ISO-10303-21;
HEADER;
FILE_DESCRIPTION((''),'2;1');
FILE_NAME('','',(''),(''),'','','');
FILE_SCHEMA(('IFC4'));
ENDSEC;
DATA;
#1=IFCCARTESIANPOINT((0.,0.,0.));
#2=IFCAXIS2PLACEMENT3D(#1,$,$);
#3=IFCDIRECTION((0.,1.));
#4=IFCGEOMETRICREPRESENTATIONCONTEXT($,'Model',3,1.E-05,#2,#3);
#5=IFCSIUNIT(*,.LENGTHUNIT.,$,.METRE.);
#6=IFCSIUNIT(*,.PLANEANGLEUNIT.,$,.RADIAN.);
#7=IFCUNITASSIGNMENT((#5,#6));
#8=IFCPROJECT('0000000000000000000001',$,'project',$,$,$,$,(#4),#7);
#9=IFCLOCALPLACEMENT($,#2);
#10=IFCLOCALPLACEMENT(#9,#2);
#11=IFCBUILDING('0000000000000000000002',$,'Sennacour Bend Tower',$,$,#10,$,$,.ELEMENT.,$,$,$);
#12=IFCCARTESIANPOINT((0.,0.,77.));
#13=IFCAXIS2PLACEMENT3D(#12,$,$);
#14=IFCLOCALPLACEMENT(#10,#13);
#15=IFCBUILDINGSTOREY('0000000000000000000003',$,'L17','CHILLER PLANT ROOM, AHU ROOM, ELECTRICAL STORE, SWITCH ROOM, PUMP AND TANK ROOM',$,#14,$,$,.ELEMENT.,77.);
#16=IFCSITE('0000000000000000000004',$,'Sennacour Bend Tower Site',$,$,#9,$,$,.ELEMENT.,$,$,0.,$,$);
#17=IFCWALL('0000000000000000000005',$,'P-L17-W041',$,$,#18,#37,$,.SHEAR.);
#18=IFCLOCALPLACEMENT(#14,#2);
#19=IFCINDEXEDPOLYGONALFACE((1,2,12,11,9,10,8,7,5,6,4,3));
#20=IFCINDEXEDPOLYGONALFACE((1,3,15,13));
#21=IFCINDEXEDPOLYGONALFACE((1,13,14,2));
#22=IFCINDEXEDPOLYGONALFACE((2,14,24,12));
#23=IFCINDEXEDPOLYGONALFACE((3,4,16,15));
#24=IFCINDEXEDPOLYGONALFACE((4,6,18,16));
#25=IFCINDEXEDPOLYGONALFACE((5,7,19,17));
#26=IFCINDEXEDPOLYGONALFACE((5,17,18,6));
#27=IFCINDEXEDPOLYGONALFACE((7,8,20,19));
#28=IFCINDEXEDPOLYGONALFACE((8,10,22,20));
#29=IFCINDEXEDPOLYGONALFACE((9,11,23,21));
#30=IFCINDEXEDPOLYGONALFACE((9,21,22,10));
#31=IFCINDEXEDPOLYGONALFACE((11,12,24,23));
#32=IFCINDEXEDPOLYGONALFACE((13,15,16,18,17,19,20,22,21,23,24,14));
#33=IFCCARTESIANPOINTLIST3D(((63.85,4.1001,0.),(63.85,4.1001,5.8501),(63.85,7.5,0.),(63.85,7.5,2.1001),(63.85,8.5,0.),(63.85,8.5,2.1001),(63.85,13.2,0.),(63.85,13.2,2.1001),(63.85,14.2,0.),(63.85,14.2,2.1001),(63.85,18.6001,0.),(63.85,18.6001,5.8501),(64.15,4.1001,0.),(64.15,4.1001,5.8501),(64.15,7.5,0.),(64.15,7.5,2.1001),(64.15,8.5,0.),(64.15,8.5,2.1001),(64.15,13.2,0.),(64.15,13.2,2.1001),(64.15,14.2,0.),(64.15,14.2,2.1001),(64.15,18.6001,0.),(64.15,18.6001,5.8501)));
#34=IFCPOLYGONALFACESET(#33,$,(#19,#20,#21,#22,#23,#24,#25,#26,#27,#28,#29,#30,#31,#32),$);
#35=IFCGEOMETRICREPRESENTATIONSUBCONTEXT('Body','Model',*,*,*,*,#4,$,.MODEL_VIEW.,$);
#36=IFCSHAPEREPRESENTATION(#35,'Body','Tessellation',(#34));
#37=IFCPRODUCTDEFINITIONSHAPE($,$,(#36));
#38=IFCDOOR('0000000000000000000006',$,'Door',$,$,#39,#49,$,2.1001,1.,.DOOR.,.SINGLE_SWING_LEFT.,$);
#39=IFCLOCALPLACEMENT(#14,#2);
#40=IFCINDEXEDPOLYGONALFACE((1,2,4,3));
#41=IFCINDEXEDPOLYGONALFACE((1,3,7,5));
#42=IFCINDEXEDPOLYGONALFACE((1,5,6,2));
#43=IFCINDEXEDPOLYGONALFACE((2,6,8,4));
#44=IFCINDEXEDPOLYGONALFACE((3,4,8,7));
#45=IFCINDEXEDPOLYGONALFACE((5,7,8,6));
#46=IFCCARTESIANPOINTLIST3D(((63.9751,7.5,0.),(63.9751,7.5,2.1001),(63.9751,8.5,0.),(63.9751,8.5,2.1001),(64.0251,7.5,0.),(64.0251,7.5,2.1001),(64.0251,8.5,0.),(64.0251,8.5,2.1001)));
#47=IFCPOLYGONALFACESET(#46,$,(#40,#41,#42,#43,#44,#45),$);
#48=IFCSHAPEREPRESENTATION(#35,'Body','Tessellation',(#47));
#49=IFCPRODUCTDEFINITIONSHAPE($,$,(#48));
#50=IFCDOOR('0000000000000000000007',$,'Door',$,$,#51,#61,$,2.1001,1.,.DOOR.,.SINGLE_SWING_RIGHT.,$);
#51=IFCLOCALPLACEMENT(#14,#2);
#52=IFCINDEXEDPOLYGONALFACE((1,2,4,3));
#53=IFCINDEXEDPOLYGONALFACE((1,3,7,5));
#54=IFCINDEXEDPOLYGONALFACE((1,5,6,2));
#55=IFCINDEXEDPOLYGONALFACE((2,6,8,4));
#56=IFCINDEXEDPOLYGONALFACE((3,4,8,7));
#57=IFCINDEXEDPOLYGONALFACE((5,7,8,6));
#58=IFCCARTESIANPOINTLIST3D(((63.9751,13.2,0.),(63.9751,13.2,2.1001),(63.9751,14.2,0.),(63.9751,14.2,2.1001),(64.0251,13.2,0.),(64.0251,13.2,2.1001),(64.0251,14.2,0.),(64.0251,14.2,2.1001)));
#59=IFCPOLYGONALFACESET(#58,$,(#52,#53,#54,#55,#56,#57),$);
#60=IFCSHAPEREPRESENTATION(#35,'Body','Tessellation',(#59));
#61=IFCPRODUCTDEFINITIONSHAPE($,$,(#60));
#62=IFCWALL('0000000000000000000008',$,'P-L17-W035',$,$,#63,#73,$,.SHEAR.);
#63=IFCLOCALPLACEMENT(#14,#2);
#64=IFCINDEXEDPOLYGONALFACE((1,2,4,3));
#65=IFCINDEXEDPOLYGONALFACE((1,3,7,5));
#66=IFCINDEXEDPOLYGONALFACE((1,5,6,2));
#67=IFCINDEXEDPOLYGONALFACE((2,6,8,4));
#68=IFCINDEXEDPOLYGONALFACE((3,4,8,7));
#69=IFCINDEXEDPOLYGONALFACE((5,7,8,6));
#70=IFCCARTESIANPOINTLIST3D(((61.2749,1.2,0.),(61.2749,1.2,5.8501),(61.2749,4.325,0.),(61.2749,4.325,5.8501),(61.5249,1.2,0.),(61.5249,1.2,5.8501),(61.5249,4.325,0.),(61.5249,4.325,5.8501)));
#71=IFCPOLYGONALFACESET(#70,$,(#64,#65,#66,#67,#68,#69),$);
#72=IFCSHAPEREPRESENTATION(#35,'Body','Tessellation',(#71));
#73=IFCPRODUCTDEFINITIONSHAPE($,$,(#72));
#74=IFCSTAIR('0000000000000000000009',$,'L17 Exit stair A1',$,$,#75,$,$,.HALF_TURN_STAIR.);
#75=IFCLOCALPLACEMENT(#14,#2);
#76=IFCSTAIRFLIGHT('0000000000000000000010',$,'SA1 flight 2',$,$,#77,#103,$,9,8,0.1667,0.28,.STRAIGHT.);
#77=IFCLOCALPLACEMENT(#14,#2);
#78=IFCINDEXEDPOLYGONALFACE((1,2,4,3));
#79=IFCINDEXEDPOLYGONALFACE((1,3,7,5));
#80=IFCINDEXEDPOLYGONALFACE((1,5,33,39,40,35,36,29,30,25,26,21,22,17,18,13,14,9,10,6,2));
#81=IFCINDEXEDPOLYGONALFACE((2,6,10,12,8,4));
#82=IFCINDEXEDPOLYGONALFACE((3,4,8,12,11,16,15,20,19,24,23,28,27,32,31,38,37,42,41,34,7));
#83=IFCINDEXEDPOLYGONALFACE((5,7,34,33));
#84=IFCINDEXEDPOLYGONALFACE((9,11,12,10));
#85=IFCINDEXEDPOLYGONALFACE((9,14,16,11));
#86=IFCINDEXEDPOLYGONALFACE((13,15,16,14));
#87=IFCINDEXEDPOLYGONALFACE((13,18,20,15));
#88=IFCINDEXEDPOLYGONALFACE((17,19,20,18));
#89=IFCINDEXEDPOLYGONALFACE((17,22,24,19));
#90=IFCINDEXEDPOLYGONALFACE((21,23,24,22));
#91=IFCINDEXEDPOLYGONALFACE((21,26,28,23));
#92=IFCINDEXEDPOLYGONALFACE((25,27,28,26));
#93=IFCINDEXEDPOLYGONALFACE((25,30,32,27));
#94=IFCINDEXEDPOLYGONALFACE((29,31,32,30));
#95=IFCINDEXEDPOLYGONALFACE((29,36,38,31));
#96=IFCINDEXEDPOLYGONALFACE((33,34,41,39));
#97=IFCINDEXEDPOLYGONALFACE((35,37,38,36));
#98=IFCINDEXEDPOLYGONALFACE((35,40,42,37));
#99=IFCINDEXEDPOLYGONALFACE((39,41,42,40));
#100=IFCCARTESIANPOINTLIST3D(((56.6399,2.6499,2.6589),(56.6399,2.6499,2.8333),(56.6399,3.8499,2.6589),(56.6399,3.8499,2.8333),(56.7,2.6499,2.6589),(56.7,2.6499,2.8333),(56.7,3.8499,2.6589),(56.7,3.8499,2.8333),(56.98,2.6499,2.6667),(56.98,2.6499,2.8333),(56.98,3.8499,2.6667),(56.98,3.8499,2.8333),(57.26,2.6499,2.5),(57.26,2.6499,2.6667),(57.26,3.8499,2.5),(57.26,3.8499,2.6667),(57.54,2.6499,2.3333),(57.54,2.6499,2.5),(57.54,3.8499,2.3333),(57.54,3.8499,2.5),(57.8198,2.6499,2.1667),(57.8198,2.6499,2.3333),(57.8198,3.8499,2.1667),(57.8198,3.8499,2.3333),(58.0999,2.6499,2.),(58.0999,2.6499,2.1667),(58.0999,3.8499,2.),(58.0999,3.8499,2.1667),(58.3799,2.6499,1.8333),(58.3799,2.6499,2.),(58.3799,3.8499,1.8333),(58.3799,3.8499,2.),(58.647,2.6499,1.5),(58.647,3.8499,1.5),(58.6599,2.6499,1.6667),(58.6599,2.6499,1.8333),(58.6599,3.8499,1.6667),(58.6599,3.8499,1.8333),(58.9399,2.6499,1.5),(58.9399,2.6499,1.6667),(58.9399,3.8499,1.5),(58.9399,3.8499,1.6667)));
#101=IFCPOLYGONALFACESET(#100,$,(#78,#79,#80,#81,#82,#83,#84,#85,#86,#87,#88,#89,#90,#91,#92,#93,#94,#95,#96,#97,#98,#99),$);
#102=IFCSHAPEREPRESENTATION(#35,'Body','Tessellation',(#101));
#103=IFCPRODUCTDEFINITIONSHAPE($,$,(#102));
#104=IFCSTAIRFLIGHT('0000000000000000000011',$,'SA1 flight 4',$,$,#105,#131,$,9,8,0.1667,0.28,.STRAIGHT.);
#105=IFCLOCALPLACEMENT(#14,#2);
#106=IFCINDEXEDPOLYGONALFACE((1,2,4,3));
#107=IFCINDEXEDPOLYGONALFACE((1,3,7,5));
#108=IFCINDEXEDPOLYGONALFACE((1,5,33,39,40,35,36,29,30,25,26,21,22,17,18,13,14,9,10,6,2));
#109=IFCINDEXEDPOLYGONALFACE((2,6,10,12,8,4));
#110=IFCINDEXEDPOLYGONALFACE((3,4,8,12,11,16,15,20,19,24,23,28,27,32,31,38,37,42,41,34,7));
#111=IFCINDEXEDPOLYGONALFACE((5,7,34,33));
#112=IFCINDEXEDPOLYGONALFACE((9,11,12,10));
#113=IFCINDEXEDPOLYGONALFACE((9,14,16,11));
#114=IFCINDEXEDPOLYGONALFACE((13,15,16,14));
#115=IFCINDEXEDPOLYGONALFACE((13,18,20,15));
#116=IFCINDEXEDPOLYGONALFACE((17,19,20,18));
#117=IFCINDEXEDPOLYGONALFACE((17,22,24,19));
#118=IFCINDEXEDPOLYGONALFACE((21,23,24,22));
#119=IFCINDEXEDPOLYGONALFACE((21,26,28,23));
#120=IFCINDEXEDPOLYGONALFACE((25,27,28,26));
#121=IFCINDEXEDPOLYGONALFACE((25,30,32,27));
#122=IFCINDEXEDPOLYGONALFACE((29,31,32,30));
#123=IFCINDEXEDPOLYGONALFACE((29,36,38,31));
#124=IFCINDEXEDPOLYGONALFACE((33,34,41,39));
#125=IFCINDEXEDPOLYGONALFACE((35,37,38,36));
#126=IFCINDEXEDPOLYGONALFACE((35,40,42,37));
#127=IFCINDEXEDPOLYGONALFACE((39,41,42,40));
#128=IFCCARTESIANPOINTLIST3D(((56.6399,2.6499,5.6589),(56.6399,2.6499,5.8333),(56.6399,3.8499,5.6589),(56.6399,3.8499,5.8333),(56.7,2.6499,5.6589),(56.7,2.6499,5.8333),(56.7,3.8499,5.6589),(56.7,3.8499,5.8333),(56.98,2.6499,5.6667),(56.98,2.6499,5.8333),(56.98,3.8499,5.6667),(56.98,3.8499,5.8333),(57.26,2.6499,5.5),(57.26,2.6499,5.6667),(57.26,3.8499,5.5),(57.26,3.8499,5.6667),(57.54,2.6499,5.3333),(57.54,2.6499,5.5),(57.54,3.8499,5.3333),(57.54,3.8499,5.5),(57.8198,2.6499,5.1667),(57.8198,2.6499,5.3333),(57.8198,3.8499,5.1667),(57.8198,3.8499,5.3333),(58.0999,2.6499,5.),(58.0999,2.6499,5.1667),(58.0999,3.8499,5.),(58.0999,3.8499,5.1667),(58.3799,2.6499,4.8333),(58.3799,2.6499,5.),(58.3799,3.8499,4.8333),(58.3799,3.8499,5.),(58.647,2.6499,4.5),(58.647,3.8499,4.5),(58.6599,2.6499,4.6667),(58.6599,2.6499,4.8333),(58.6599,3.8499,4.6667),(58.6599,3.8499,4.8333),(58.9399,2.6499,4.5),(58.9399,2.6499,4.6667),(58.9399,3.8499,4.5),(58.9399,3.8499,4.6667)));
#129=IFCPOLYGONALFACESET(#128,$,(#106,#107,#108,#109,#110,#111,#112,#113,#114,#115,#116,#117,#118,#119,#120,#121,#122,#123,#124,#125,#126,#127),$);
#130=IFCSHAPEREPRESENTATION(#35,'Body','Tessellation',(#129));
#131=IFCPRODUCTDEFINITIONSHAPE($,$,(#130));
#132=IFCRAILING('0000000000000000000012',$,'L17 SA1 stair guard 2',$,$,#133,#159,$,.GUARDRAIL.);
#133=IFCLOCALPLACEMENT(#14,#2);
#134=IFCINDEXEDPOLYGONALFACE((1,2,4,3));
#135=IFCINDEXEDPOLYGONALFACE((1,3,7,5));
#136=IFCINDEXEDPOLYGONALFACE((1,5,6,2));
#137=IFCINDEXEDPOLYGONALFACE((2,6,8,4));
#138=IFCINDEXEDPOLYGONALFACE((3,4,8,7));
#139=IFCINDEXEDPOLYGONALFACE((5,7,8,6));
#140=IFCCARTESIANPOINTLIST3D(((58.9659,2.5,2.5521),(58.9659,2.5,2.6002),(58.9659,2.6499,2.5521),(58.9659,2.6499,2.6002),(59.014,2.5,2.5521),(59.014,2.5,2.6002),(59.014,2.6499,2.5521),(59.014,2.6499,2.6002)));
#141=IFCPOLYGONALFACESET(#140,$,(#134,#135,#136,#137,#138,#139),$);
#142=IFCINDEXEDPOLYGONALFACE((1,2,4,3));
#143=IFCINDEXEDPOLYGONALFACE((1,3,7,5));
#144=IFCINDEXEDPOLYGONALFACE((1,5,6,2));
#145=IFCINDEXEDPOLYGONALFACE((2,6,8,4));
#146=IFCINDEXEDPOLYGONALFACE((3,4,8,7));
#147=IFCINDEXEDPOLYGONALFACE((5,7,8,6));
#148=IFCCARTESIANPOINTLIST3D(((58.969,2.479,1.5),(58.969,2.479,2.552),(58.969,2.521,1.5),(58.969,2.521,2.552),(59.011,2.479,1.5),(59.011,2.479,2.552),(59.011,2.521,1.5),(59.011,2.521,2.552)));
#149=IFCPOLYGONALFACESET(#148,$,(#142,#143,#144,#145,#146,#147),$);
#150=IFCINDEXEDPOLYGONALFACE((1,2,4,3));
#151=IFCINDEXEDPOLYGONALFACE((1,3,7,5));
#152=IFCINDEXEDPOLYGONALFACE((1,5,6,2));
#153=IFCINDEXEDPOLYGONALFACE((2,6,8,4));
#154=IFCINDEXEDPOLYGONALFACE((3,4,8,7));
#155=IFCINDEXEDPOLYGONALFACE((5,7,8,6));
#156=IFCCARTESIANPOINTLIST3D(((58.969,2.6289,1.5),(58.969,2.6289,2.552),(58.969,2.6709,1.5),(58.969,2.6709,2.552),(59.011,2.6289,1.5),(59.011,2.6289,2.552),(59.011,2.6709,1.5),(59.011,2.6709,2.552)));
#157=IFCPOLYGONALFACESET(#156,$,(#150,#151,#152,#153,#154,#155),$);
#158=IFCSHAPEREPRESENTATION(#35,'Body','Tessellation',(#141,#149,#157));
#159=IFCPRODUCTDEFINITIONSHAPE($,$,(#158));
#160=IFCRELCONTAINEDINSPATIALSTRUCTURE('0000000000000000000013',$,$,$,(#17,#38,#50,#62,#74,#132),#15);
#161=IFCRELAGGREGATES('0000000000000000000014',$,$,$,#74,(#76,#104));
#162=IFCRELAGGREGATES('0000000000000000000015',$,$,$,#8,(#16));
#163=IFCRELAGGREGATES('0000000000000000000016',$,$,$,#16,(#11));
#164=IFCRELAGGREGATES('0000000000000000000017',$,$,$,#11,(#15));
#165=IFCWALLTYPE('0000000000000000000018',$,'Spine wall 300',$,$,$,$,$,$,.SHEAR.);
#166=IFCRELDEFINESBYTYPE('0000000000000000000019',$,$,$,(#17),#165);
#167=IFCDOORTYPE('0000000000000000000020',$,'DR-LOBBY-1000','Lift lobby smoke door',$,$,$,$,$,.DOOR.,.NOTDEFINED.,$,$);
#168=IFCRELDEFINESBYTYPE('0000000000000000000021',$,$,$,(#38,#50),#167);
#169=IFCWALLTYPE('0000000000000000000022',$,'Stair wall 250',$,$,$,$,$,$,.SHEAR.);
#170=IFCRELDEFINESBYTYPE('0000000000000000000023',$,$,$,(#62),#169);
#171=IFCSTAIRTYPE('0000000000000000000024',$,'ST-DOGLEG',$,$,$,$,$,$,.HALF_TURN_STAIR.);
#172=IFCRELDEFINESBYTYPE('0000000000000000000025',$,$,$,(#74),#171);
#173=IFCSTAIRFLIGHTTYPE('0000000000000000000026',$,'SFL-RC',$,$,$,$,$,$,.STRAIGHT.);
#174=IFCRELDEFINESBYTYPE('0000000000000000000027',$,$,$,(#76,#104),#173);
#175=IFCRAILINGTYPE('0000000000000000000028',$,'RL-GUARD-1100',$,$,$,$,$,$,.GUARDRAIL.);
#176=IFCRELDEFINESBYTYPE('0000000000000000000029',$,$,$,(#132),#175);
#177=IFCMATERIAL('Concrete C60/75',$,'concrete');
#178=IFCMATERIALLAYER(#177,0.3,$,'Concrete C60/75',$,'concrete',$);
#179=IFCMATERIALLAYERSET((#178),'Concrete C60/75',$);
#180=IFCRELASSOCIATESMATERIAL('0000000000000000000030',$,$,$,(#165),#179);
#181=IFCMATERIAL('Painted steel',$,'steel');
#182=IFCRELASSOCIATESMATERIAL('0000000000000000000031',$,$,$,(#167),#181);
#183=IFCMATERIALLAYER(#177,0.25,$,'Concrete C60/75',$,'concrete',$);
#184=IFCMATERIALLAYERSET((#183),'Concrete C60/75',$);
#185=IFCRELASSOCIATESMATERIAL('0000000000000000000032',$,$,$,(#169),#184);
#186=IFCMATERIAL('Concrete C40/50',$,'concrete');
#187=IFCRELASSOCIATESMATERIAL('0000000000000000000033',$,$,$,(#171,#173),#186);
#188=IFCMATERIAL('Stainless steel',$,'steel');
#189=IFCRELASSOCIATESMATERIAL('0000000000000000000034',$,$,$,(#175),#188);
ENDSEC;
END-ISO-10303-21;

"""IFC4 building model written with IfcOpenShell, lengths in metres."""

from ifc_helpers import new_model, si_unit, direction, frame, frame_2d, origin, origin_2d, place, context, subcontext, project, spatial, polyline, rectangle, outline, extrude, material, layer, layer_set, type_object, element, fill, aggregate, save


model = new_model("IFC4")

# Units and contexts
model_context = context("Model", 3, precision=1e-05, world=origin(), true_north=direction((0.0, 1.0)))
body_context = subcontext(model_context, "Body", "Model", "MODEL_VIEW")
ifc_project = project(units=[si_unit("LENGTHUNIT", "METRE"), si_unit("PLANEANGLEUNIT", "RADIAN")], contexts=[model_context])

# Site, building, storey
site_placement = place(None, origin())
site = spatial("IfcSite", under=ifc_project, at=site_placement, Name="Sennacour Bend Tower Site", CompositionType="ELEMENT", RefElevation=0.0)
building_placement = place(site_placement, origin())
building = spatial("IfcBuilding", under=site, at=building_placement, Name="Sennacour Bend Tower", CompositionType="ELEMENT")
storey_placement = place(building_placement, frame((0.0, 0.0, 77.0)))
storey = spatial("IfcBuildingStorey", under=building, at=storey_placement, Name="L17", Description="CHILLER PLANT ROOM, AHU ROOM, ELECTRICAL STORE, SWITCH ROOM, PUMP AND TANK ROOM", CompositionType="ELEMENT", Elevation=77.0)

# Shared definitions
ifc_material_1 = material(Name="Painted steel", Category="steel")

# Wall, openings, doors
ifc_material_2 = material(Name="Concrete C60/75", Category="concrete")
ifc_layer_1 = layer(ifc_material_2, 0.3, Name="Concrete C60/75", Category="concrete")
ifc_layer_set_1 = layer_set([ifc_layer_1], Name="Concrete C60/75")
wall_type_1 = type_object("IfcWallType", Name="Spine wall 300", PredefinedType="SHEAR", material=ifc_layer_set_1)
wall_1_placement = place(storey_placement, frame((64.0, 4.1001, 0.0), z_axis=(0.0, 0.0, 1.0), x_axis=(0.0, 1.0, 0.0)))
wall_1 = element("IfcWall", 1, at=wall_1_placement, inside=storey, type_object=wall_type_1, Name="P-L17-W041", PredefinedType="SHEAR", context=body_context, shape_type="SweptSolid", body=[
    extrude(rectangle(XDim=14.5, YDim=0.3, at=frame_2d((7.25, 0.0))), origin(), (0.0, 0.0, 1.0), 5.8501),
])
opening_1_placement = place(wall_1_placement, frame((3.3999, 0.0, 0.0)))
opening_1 = element("IfcOpeningElement", 2, at=opening_1_placement, cuts=wall_1, PredefinedType="OPENING", context=body_context, shape_type="SweptSolid", body=[
    extrude(rectangle(XDim=1.0, YDim=2.1001, at=frame_2d((0.5, 1.05))), frame((0.0, 0.1602, 0.0), z_axis=(0.0, -1.0, 0.0), x_axis=(1.0, 0.0, 0.0)), (0.0, 0.0, 1.0), 0.3201),
])
opening_2_placement = place(wall_1_placement, frame((9.0999, 0.0, 0.0)))
opening_2 = element("IfcOpeningElement", 3, at=opening_2_placement, cuts=wall_1, PredefinedType="OPENING", context=body_context, shape_type="SweptSolid", body=[
    extrude(rectangle(XDim=1.0, YDim=2.1001, at=frame_2d((0.5, 1.05))), frame((0.0, 0.1602, 0.0), z_axis=(0.0, -1.0, 0.0), x_axis=(1.0, 0.0, 0.0)), (0.0, 0.0, 1.0), 0.3201),
])
door_type_1 = type_object("IfcDoorType", Name="DR-LOBBY-1000", Description="Lift lobby smoke door", OperationType="NOTDEFINED", PredefinedType="DOOR", material=ifc_material_1)
door_1_placement = place(opening_1_placement, origin())
door_1 = element("IfcDoor", 4, at=door_1_placement, inside=storey, type_object=door_type_1, Name="Door", OperationType="SINGLE_SWING_LEFT", OverallHeight=2.1001, OverallWidth=1.0, PredefinedType="DOOR", context=body_context, shape_type="SweptSolid", body=[
    extrude(rectangle(XDim=1.0, YDim=2.1001, at=frame_2d((0.5, 1.05))), frame((0.0, 0.0249, 0.0), z_axis=(0.0, -1.0, 0.0), x_axis=(1.0, 0.0, 0.0)), (0.0, 0.0, 1.0), 0.05),
])
fill(opening_1, door_1)
door_2_placement = place(opening_2_placement, origin())
door_2 = element("IfcDoor", 5, at=door_2_placement, inside=storey, type_object=door_type_1, Name="Door", OperationType="SINGLE_SWING_RIGHT", OverallHeight=2.1001, OverallWidth=1.0, PredefinedType="DOOR", context=body_context, shape_type="SweptSolid", body=[
    extrude(rectangle(XDim=1.0, YDim=2.1001, at=frame_2d((0.5, 1.05))), frame((0.0, 0.0249, 0.0), z_axis=(0.0, -1.0, 0.0), x_axis=(1.0, 0.0, 0.0)), (0.0, 0.0, 1.0), 0.05),
])
fill(opening_2, door_2)

# Wall
ifc_layer_2 = layer(ifc_material_2, 0.25, Name="Concrete C60/75", Category="concrete")
ifc_layer_set_2 = layer_set([ifc_layer_2], Name="Concrete C60/75")
wall_type_2 = type_object("IfcWallType", Name="Stair wall 250", PredefinedType="SHEAR", material=ifc_layer_set_2)
wall_2_placement = place(storey_placement, frame((61.3999, 1.2, 0.0), z_axis=(0.0, 0.0, 1.0), x_axis=(0.0, 1.0, 0.0)))
element("IfcWall", 6, at=wall_2_placement, inside=storey, type_object=wall_type_2, Name="P-L17-W035", PredefinedType="SHEAR", context=body_context, shape_type="SweptSolid", body=[
    extrude(rectangle(XDim=3.125, YDim=0.25, at=frame_2d((1.5625, 0.0))), origin(), (0.0, 0.0, 1.0), 5.8501),
])

# Stair, stair flights
ifc_material_3 = material(Name="Concrete C40/50", Category="concrete")
stair_type = type_object("IfcStairType", Name="ST-DOGLEG", PredefinedType="HALF_TURN_STAIR", material=ifc_material_3)
stair_placement = place(storey_placement, origin())
stair = element("IfcStair", 7, at=stair_placement, inside=storey, type_object=stair_type, Name="L17 Exit stair A1", PredefinedType="HALF_TURN_STAIR")
stair_flight_type = type_object("IfcStairFlightType", Name="SFL-RC", PredefinedType="STRAIGHT", material=ifc_material_3)
stair_flight_1_placement = place(storey_placement, frame((58.9399, 3.25, 1.5), z_axis=(0.0, 0.0, 1.0), x_axis=(-1.0, 0.0, 0.0)))
stair_flight_1 = element("IfcStairFlight", 8, at=stair_flight_1_placement, type_object=stair_flight_type, Name="SA1 flight 2", NumberOfRisers=9, NumberOfTreads=8, PredefinedType="STRAIGHT", RiserHeight=0.1667, TreadLength=0.28, context=body_context, shape_type="SweptSolid", body=[
    extrude(outline(polyline([(0.0, 0.0), (0.0, 0.1667), (0.28, 0.1667), (0.28, 0.3333), (0.5601, 0.3333), (0.5601, 0.5), (0.8401, 0.5), (0.8401, 0.6667), (1.1201, 0.6667), (1.1201, 0.8333), (1.3999, 0.8333), (1.3999, 1.0), (1.6799, 1.0), (1.6799, 1.1667), (1.96, 1.1667), (1.96, 1.3333), (2.24, 1.3333), (2.3, 1.3333), (2.3, 1.1589), (2.24, 1.1589), (0.293, 0.0), (0.0, 0.0)])), frame((0.0, 0.6001, 0.0), z_axis=(0.0, -1.0, 0.0), x_axis=(1.0, 0.0, 0.0)), (0.0, 0.0, 1.0), 1.2),
])
stair_flight_2_placement = place(storey_placement, frame((58.9399, 3.25, 4.5), z_axis=(0.0, 0.0, 1.0), x_axis=(-1.0, 0.0, 0.0)))
stair_flight_2 = element("IfcStairFlight", 9, at=stair_flight_2_placement, type_object=stair_flight_type, Name="SA1 flight 4", NumberOfRisers=9, NumberOfTreads=8, PredefinedType="STRAIGHT", RiserHeight=0.1667, TreadLength=0.28, context=body_context, shape_type="SweptSolid", body=[
    extrude(outline(polyline([(0.0, 0.0), (0.0, 0.1667), (0.28, 0.1667), (0.28, 0.3333), (0.5601, 0.3333), (0.5601, 0.5), (0.8401, 0.5), (0.8401, 0.6667), (1.1201, 0.6667), (1.1201, 0.8333), (1.3999, 0.8333), (1.3999, 1.0), (1.6799, 1.0), (1.6799, 1.1667), (1.96, 1.1667), (1.96, 1.3333), (2.24, 1.3333), (2.3, 1.3333), (2.3, 1.1589), (2.24, 1.1589), (0.293, 0.0), (0.0, 0.0)])), frame((0.0, 0.6001, 0.0), z_axis=(0.0, -1.0, 0.0), x_axis=(1.0, 0.0, 0.0)), (0.0, 0.0, 1.0), 1.2),
])
aggregate(stair, [stair_flight_1, stair_flight_2])

# Railing
ifc_material_4 = material(Name="Stainless steel", Category="steel")
railing_type_1 = type_object("IfcRailingType", Name="RL-GUARD-1100", PredefinedType="GUARDRAIL", material=ifc_material_4)
railing_1_placement = place(storey_placement, frame((58.99, 2.5, 1.5)))
element("IfcRailing", 10, at=railing_1_placement, inside=storey, type_object=railing_type_1, Name="L17 SA1 stair guard 2", PredefinedType="GUARDRAIL", context=body_context, shape_type="SweptSolid", body=[
    extrude(rectangle(XDim=0.0481, YDim=0.0481, at=origin_2d()), frame((0.0, 0.0, 1.0762), z_axis=(0.0, 1.0, 0.0), x_axis=(-1.0, 0.0, 0.0)), (0.0, 0.0, 1.0), 0.1499),
    extrude(rectangle(XDim=0.042, YDim=0.042, at=origin_2d()), origin(), (0.0, 0.0, 1.0), 1.052),
    extrude(rectangle(XDim=0.042, YDim=0.042, at=origin_2d()), frame((0.0, 0.1499, 0.0)), (0.0, 0.0, 1.0), 1.052),
])

save(model, "model.ifc")
